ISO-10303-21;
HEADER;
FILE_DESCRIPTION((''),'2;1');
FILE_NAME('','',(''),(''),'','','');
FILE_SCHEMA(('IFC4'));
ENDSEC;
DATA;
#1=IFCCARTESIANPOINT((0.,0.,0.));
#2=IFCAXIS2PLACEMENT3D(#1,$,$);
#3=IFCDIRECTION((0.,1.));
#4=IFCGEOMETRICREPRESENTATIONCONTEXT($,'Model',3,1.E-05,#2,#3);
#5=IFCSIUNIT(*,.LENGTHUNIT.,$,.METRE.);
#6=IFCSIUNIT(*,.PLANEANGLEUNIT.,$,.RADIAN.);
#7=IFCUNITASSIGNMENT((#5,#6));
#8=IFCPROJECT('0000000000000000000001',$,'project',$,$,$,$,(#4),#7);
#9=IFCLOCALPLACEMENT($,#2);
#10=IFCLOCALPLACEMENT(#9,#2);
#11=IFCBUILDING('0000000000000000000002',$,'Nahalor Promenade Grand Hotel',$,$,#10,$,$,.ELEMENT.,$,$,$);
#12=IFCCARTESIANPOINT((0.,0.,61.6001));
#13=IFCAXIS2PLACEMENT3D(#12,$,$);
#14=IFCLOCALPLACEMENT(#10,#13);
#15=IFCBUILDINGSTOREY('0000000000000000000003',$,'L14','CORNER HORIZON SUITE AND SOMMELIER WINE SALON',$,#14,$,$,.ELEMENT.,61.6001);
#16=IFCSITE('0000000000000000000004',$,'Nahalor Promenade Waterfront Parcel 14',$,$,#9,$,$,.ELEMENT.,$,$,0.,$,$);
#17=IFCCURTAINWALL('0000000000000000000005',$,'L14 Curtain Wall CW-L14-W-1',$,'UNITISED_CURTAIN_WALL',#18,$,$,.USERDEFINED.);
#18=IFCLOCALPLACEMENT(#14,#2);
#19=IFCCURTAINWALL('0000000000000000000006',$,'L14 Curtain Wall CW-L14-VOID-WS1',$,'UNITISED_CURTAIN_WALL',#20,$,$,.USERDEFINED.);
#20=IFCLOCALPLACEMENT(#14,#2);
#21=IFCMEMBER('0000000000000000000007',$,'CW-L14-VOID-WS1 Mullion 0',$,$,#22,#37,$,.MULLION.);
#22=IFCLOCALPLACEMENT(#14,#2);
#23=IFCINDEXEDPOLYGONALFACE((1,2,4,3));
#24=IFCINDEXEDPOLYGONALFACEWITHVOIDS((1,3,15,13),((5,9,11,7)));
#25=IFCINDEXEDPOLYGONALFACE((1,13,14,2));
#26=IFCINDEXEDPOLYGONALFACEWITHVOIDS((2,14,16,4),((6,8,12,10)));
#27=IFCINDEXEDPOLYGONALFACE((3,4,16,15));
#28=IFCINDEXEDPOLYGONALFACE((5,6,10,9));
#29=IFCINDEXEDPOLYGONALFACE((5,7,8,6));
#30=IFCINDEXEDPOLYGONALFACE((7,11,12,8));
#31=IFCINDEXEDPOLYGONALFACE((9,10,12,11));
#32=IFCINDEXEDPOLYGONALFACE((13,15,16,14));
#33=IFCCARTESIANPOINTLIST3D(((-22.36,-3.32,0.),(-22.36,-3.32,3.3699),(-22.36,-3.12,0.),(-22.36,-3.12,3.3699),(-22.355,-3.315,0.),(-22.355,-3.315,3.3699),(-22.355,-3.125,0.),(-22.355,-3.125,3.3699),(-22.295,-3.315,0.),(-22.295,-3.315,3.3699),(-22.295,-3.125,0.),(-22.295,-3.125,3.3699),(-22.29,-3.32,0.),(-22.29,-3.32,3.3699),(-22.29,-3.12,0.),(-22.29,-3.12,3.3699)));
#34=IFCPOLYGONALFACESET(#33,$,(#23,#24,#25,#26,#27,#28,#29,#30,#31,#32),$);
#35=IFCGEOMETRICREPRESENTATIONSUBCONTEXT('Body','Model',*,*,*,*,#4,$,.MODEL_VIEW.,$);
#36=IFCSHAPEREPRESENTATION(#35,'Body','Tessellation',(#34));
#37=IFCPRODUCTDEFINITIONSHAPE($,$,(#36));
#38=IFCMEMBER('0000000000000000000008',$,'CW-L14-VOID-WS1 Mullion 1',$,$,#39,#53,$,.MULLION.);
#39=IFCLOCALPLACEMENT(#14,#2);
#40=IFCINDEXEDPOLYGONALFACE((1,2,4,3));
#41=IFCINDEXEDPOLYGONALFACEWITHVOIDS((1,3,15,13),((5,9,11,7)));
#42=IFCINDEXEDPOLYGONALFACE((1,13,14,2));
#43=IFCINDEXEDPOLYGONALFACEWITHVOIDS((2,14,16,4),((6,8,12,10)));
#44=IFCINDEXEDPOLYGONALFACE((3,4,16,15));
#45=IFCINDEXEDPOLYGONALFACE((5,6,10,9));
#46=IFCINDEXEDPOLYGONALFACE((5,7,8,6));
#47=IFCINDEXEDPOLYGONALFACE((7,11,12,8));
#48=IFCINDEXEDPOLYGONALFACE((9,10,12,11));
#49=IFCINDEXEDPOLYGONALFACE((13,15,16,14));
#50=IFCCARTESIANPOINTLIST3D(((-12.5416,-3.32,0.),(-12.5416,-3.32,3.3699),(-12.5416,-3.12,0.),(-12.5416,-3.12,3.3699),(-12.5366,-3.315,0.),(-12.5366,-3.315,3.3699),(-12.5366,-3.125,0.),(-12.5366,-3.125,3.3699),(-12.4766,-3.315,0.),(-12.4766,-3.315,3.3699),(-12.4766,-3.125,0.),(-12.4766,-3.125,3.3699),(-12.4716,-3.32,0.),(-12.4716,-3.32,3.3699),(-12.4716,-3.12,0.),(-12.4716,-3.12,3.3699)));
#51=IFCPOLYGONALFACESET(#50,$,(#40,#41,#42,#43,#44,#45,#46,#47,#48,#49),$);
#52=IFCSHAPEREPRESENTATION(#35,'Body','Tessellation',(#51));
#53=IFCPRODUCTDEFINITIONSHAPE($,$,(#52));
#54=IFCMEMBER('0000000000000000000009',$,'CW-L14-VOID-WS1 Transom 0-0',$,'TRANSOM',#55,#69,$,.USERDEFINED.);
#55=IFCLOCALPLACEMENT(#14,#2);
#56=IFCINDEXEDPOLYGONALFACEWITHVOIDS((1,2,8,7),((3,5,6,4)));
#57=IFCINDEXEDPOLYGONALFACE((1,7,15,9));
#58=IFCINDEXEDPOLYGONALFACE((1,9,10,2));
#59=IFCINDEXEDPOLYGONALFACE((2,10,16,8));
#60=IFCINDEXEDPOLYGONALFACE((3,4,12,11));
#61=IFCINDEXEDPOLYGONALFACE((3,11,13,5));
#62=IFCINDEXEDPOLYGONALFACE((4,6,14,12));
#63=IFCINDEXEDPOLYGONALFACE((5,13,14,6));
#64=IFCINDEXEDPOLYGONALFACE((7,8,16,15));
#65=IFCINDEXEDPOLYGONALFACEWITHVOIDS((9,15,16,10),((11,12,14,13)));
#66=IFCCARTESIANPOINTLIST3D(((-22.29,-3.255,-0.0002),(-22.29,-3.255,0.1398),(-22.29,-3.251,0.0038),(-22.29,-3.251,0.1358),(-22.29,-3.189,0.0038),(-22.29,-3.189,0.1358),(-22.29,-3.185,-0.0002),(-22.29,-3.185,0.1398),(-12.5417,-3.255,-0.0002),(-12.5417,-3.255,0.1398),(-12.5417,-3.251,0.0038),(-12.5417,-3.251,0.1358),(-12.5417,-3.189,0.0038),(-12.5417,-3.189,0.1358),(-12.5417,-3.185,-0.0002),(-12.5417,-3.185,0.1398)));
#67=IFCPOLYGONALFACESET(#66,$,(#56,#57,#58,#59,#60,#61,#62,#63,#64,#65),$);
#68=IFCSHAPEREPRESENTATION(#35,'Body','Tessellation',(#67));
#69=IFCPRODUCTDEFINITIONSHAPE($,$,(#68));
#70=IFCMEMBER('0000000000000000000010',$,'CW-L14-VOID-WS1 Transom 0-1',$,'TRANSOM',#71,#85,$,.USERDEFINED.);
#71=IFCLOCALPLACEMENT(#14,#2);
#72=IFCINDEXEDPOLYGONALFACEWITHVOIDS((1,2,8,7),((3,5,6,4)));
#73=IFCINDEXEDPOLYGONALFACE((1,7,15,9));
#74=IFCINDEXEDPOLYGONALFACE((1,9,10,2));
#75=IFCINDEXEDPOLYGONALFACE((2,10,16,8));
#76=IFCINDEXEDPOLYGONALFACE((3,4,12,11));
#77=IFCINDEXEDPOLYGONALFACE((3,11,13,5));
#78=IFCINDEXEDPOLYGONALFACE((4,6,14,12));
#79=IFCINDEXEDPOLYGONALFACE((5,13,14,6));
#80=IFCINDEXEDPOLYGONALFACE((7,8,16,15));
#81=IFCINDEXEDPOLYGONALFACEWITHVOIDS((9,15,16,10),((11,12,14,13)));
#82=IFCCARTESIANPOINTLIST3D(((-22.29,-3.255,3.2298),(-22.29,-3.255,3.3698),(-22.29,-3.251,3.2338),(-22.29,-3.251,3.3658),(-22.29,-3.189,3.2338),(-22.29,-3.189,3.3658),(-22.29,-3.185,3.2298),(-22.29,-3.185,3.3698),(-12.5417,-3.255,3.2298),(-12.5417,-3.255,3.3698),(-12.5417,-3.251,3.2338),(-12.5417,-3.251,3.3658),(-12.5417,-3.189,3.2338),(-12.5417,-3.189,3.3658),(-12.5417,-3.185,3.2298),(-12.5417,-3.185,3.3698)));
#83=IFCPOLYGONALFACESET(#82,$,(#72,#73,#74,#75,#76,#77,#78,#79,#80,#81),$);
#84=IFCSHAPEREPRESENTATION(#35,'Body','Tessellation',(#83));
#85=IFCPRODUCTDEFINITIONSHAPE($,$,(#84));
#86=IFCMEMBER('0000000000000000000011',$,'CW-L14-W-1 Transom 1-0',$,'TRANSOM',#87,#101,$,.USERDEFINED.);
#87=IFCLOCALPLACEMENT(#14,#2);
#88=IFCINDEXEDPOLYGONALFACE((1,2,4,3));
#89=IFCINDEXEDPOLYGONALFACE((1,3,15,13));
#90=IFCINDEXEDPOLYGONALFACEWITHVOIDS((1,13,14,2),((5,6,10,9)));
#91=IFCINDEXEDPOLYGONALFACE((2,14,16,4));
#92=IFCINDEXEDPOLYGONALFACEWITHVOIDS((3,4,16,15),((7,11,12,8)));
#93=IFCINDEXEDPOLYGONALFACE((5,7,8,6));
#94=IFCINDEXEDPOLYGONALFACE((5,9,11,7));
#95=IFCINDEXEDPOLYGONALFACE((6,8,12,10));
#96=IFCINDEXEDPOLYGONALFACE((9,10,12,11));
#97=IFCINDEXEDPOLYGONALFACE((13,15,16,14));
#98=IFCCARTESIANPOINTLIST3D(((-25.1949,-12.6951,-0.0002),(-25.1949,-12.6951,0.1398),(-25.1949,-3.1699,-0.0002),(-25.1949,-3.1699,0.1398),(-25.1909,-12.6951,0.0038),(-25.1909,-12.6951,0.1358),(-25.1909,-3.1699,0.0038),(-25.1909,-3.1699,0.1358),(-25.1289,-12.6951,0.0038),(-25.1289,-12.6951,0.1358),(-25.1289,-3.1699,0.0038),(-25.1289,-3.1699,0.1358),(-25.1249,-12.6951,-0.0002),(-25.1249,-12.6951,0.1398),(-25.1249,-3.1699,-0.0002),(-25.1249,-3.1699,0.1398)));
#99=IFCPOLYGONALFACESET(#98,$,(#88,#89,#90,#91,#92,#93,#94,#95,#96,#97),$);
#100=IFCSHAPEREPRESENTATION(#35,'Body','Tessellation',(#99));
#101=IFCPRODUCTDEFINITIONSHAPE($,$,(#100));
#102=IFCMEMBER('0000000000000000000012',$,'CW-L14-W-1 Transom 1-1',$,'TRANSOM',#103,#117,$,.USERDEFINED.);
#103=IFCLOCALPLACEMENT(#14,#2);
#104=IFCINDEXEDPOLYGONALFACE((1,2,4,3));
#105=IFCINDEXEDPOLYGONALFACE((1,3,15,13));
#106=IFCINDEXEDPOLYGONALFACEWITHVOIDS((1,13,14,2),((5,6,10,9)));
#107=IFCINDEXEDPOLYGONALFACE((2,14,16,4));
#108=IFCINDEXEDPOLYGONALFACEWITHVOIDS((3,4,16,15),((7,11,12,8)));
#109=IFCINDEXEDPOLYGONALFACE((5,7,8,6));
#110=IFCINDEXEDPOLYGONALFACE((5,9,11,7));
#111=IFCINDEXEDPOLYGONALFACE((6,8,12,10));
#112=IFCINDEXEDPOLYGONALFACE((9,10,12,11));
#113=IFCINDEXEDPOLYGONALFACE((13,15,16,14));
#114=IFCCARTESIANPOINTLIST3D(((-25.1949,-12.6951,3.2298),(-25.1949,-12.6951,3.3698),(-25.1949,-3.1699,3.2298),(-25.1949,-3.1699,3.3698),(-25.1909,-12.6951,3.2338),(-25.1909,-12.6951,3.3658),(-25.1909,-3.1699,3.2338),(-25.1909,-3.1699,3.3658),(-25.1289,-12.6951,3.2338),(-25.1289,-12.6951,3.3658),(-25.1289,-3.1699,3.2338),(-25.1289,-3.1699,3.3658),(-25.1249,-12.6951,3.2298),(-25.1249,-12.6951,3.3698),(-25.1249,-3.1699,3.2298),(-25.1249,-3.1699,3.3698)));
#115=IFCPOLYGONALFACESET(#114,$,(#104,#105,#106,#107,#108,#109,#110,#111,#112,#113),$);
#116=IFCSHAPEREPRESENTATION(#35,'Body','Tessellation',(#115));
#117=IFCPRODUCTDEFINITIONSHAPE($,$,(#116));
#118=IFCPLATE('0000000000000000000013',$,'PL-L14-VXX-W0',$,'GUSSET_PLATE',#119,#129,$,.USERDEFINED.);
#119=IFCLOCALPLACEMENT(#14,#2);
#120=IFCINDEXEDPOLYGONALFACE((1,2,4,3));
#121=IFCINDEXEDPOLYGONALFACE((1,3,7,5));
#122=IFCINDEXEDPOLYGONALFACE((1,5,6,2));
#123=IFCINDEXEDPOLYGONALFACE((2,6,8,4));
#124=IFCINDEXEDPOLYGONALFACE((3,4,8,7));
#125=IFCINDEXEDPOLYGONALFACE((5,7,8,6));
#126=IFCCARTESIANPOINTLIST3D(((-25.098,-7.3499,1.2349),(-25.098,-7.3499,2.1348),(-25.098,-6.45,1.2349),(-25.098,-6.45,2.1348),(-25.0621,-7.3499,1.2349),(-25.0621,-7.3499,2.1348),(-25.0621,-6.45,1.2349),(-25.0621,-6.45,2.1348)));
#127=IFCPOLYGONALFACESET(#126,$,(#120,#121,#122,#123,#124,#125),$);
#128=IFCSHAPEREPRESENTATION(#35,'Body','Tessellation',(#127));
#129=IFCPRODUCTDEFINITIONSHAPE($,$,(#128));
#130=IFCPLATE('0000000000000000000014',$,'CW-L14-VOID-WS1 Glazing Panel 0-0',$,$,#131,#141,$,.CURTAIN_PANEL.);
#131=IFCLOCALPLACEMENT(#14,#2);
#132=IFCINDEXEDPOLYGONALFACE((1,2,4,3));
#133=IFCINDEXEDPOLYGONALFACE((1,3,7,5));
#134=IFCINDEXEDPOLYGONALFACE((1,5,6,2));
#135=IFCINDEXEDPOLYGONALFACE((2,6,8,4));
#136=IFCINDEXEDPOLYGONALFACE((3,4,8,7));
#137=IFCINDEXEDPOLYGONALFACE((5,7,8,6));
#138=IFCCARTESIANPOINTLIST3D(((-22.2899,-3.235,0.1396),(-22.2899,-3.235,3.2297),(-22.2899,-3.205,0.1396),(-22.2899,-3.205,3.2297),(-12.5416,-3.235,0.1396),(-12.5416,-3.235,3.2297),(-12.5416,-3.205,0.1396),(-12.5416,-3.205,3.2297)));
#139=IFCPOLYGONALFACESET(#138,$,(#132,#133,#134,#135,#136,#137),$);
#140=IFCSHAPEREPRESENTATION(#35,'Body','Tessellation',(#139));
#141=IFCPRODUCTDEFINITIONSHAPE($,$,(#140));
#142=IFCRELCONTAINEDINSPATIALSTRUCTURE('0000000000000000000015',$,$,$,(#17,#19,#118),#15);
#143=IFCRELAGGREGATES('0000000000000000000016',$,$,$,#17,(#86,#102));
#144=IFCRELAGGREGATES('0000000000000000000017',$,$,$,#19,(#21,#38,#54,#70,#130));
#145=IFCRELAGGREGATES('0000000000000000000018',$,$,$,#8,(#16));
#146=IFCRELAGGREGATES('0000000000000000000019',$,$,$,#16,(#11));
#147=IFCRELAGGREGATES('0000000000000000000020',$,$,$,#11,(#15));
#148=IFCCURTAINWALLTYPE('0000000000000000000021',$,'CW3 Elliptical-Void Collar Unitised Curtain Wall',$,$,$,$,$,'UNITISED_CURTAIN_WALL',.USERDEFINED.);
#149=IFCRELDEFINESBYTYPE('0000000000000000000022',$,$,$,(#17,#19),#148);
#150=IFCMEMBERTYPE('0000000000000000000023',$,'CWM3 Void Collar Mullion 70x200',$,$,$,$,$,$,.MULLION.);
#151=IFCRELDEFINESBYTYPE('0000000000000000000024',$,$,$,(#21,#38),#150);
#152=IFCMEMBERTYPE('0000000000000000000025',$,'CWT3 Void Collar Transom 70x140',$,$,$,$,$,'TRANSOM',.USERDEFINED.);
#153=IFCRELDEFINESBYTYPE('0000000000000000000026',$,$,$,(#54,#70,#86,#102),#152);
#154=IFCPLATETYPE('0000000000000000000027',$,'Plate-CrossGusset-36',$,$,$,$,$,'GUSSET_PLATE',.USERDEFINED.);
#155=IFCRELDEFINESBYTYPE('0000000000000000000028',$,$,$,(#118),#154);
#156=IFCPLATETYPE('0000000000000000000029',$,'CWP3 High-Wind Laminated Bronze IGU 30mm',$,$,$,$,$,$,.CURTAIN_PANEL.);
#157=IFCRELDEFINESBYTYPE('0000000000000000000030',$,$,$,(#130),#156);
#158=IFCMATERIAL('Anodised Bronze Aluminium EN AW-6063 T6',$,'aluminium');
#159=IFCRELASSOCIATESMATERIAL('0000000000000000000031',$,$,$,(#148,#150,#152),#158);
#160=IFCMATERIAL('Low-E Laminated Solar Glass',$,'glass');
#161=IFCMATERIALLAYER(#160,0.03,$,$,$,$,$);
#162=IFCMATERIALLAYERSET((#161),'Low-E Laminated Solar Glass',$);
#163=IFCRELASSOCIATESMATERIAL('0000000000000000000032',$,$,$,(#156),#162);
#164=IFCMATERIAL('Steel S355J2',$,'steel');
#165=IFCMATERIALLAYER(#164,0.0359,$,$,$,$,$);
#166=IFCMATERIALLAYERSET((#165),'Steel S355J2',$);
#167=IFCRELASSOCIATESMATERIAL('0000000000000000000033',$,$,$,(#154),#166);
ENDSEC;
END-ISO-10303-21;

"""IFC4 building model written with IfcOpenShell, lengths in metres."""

from ifc_helpers import new_model, si_unit, direction, frame, origin, origin_2d, place, context, subcontext, project, spatial, rectangle, hollow_rectangle, extrude, source, transform, mapped, material, layer, layer_set, material_profile, profile_set, type_object, element, aggregate, save


model = new_model("IFC4")

# Units and contexts
model_context = context("Model", 3, precision=1e-05, world=origin(), true_north=direction((0.0, 1.0)))
body_context = subcontext(model_context, "Body", "Model", "MODEL_VIEW")
ifc_project = project(units=[si_unit("LENGTHUNIT", "METRE"), si_unit("PLANEANGLEUNIT", "RADIAN")], contexts=[model_context])

# Site, building, storey
site_placement = place(None, origin())
site = spatial("IfcSite", under=ifc_project, at=site_placement, Name="Nahalor Promenade Waterfront Parcel 14", CompositionType="ELEMENT", RefElevation=0.0)
building_placement = place(site_placement, origin())
building = spatial("IfcBuilding", under=site, at=building_placement, Name="Nahalor Promenade Grand Hotel", CompositionType="ELEMENT")
storey_placement = place(building_placement, frame((0.0, 0.0, 61.6001)))
storey = spatial("IfcBuildingStorey", under=building, at=storey_placement, Name="L14", Description="CORNER HORIZON SUITE AND SOMMELIER WINE SALON", CompositionType="ELEMENT", Elevation=61.6001)

# Shared definitions
ifc_material_1 = material(Name="Steel S355J2", Category="steel")

# Curtain walls, members
ifc_material_2 = material(Name="Anodised Bronze Aluminium EN AW-6063 T6", Category="aluminium")
curtain_wall_type = type_object("IfcCurtainWallType", Name="CW3 Elliptical-Void Collar Unitised Curtain Wall", ElementType="UNITISED_CURTAIN_WALL", PredefinedType="USERDEFINED", material=ifc_material_2)
curtain_wall_1_placement = place(storey_placement, origin())
curtain_wall_1 = element("IfcCurtainWall", 1, at=curtain_wall_1_placement, inside=storey, type_object=curtain_wall_type, Name="L14 Curtain Wall CW-L14-W-1", ObjectType="UNITISED_CURTAIN_WALL", PredefinedType="USERDEFINED")
ifc_material_profile_1 = material_profile(ifc_material_2, hollow_rectangle(XDim=0.07, YDim=0.2, WallThickness=0.005, at=origin_2d()), Name="CWM 70x200x5")
ifc_profile_set_1 = profile_set([ifc_material_profile_1], Name="Anodised Bronze Aluminium EN AW-6063 T6")
member_type_1 = type_object("IfcMemberType", Name="CWM3 Void Collar Mullion 70x200", PredefinedType="MULLION", material=ifc_profile_set_1)
shared_shape_1 = source(origin(), body_context, "Body", "SweptSolid", [
    extrude(hollow_rectangle(XDim=0.07, YDim=0.2, WallThickness=0.005, at=origin_2d()), origin(), (0.0, 0.0, 1.0), 3.3699),
])
curtain_wall_2_placement = place(storey_placement, origin())
curtain_wall_2 = element("IfcCurtainWall", 2, at=curtain_wall_2_placement, inside=storey, type_object=curtain_wall_type, Name="L14 Curtain Wall CW-L14-VOID-WS1", ObjectType="UNITISED_CURTAIN_WALL", PredefinedType="USERDEFINED")
member_1_placement = place(storey_placement, frame((-22.325, -3.22, 0.0), z_axis=(0.0, 0.0, 1.0), x_axis=(1.0, 0.0, 0.0)))
member_1 = element("IfcMember", 3, at=member_1_placement, type_object=member_type_1, Name="CW-L14-VOID-WS1 Mullion 0", PredefinedType="MULLION", context=body_context, shape_type="MappedRepresentation", body=[
    mapped(shared_shape_1, transform((0.0, 0.0, 0.0), scale=1.0)),
])
member_2_placement = place(storey_placement, frame((-12.5066, -3.22, 0.0), z_axis=(0.0, 0.0, 1.0), x_axis=(1.0, 0.0, 0.0)))
member_2 = element("IfcMember", 4, at=member_2_placement, type_object=member_type_1, Name="CW-L14-VOID-WS1 Mullion 1", PredefinedType="MULLION", context=body_context, shape_type="MappedRepresentation", body=[
    mapped(shared_shape_1, transform((0.0, 0.0, 0.0), scale=1.0)),
])
ifc_material_profile_2 = material_profile(ifc_material_2, hollow_rectangle(XDim=0.07, YDim=0.14, WallThickness=0.004, at=origin_2d()), Name="CWT 70x140x4")
ifc_profile_set_2 = profile_set([ifc_material_profile_2], Name="Anodised Bronze Aluminium EN AW-6063 T6")
member_type_2 = type_object("IfcMemberType", Name="CWT3 Void Collar Transom 70x140", ElementType="TRANSOM", PredefinedType="USERDEFINED", material=ifc_profile_set_2)
shared_shape_2 = source(origin(), body_context, "Body", "SweptSolid", [
    extrude(hollow_rectangle(XDim=0.07, YDim=0.14, WallThickness=0.004, at=origin_2d()), origin(), (0.0, 0.0, 1.0), 9.7483),
])
member_3_placement = place(storey_placement, frame((-22.29, -3.22, 0.0698), z_axis=(1.0, 0.0, 0.0), x_axis=(0.0, 1.0, 0.0)))
member_3 = element("IfcMember", 5, at=member_3_placement, type_object=member_type_2, Name="CW-L14-VOID-WS1 Transom 0-0", ObjectType="TRANSOM", PredefinedType="USERDEFINED", context=body_context, shape_type="MappedRepresentation", body=[
    mapped(shared_shape_2, transform((0.0, 0.0, 0.0), scale=1.0)),
])
member_4_placement = place(storey_placement, frame((-22.29, -3.22, 3.2998), z_axis=(1.0, 0.0, 0.0), x_axis=(0.0, 1.0, 0.0)))
member_4 = element("IfcMember", 6, at=member_4_placement, type_object=member_type_2, Name="CW-L14-VOID-WS1 Transom 0-1", ObjectType="TRANSOM", PredefinedType="USERDEFINED", context=body_context, shape_type="MappedRepresentation", body=[
    mapped(shared_shape_2, transform((0.0, 0.0, 0.0), scale=1.0)),
])

# Members
shared_shape_3 = source(origin(), body_context, "Body", "SweptSolid", [
    extrude(hollow_rectangle(XDim=0.07, YDim=0.14, WallThickness=0.004, at=origin_2d()), origin(), (0.0, 0.0, 1.0), 9.5251),
])
member_5_placement = place(storey_placement, frame((-25.1599, -12.6951, 0.0698), z_axis=(0.0, 1.0, 0.0), x_axis=(-1.0, 0.0, 0.0)))
member_5 = element("IfcMember", 7, at=member_5_placement, type_object=member_type_2, Name="CW-L14-W-1 Transom 1-0", ObjectType="TRANSOM", PredefinedType="USERDEFINED", context=body_context, shape_type="MappedRepresentation", body=[
    mapped(shared_shape_3, transform((0.0, 0.0, 0.0), scale=1.0)),
])
member_6_placement = place(storey_placement, frame((-25.1599, -12.6951, 3.2998), z_axis=(0.0, 1.0, 0.0), x_axis=(-1.0, 0.0, 0.0)))
member_6 = element("IfcMember", 8, at=member_6_placement, type_object=member_type_2, Name="CW-L14-W-1 Transom 1-1", ObjectType="TRANSOM", PredefinedType="USERDEFINED", context=body_context, shape_type="MappedRepresentation", body=[
    mapped(shared_shape_3, transform((0.0, 0.0, 0.0), scale=1.0)),
])

# Plates
ifc_material_3 = material(Name="Low-E Laminated Solar Glass", Category="glass")
ifc_layer_1 = layer(ifc_material_3, 0.03)
ifc_layer_set_1 = layer_set([ifc_layer_1], Name="Low-E Laminated Solar Glass")
plate_type_1 = type_object("IfcPlateType", Name="CWP3 High-Wind Laminated Bronze IGU 30mm", PredefinedType="CURTAIN_PANEL", material=ifc_layer_set_1)
aggregate(curtain_wall_1, [member_5, member_6])
ifc_layer_2 = layer(ifc_material_1, 0.0359)
ifc_layer_set_2 = layer_set([ifc_layer_2], Name="Steel S355J2")
plate_type_2 = type_object("IfcPlateType", Name="Plate-CrossGusset-36", ElementType="GUSSET_PLATE", PredefinedType="USERDEFINED", material=ifc_layer_set_2)
shared_shape_4 = source(origin(), body_context, "Body", "SweptSolid", [
    extrude(rectangle(XDim=0.8999, YDim=0.0359, at=origin_2d()), origin(), (0.0, 0.0, 1.0), 0.8999),
])
plate_1_placement = place(storey_placement, frame((-25.0801, -6.8999, 1.2349), z_axis=(0.0, 0.0, 1.0), x_axis=(0.0, 1.0, 0.0)))
element("IfcPlate", 9, at=plate_1_placement, inside=storey, type_object=plate_type_2, Name="PL-L14-VXX-W0", ObjectType="GUSSET_PLATE", PredefinedType="USERDEFINED", context=body_context, shape_type="MappedRepresentation", body=[
    mapped(shared_shape_4, transform((0.0, 0.0, 0.0), scale=1.0)),
])
shared_shape_5 = source(origin(), body_context, "Body", "SweptSolid", [
    extrude(rectangle(XDim=9.7483, YDim=0.03, at=origin_2d()), origin(), (0.0, 0.0, 1.0), 3.0901),
])
plate_2_placement = place(storey_placement, frame((-17.4158, -3.22, 0.1396), z_axis=(0.0, 0.0, 1.0), x_axis=(1.0, 0.0, 0.0)))
plate_2 = element("IfcPlate", 10, at=plate_2_placement, type_object=plate_type_1, Name="CW-L14-VOID-WS1 Glazing Panel 0-0", PredefinedType="CURTAIN_PANEL", context=body_context, shape_type="MappedRepresentation", body=[
    mapped(shared_shape_5, transform((0.0, 0.0, 0.0), scale=1.0)),
])
aggregate(curtain_wall_2, [member_1, member_2, member_3, member_4, plate_2])

save(model, "model.ifc")
